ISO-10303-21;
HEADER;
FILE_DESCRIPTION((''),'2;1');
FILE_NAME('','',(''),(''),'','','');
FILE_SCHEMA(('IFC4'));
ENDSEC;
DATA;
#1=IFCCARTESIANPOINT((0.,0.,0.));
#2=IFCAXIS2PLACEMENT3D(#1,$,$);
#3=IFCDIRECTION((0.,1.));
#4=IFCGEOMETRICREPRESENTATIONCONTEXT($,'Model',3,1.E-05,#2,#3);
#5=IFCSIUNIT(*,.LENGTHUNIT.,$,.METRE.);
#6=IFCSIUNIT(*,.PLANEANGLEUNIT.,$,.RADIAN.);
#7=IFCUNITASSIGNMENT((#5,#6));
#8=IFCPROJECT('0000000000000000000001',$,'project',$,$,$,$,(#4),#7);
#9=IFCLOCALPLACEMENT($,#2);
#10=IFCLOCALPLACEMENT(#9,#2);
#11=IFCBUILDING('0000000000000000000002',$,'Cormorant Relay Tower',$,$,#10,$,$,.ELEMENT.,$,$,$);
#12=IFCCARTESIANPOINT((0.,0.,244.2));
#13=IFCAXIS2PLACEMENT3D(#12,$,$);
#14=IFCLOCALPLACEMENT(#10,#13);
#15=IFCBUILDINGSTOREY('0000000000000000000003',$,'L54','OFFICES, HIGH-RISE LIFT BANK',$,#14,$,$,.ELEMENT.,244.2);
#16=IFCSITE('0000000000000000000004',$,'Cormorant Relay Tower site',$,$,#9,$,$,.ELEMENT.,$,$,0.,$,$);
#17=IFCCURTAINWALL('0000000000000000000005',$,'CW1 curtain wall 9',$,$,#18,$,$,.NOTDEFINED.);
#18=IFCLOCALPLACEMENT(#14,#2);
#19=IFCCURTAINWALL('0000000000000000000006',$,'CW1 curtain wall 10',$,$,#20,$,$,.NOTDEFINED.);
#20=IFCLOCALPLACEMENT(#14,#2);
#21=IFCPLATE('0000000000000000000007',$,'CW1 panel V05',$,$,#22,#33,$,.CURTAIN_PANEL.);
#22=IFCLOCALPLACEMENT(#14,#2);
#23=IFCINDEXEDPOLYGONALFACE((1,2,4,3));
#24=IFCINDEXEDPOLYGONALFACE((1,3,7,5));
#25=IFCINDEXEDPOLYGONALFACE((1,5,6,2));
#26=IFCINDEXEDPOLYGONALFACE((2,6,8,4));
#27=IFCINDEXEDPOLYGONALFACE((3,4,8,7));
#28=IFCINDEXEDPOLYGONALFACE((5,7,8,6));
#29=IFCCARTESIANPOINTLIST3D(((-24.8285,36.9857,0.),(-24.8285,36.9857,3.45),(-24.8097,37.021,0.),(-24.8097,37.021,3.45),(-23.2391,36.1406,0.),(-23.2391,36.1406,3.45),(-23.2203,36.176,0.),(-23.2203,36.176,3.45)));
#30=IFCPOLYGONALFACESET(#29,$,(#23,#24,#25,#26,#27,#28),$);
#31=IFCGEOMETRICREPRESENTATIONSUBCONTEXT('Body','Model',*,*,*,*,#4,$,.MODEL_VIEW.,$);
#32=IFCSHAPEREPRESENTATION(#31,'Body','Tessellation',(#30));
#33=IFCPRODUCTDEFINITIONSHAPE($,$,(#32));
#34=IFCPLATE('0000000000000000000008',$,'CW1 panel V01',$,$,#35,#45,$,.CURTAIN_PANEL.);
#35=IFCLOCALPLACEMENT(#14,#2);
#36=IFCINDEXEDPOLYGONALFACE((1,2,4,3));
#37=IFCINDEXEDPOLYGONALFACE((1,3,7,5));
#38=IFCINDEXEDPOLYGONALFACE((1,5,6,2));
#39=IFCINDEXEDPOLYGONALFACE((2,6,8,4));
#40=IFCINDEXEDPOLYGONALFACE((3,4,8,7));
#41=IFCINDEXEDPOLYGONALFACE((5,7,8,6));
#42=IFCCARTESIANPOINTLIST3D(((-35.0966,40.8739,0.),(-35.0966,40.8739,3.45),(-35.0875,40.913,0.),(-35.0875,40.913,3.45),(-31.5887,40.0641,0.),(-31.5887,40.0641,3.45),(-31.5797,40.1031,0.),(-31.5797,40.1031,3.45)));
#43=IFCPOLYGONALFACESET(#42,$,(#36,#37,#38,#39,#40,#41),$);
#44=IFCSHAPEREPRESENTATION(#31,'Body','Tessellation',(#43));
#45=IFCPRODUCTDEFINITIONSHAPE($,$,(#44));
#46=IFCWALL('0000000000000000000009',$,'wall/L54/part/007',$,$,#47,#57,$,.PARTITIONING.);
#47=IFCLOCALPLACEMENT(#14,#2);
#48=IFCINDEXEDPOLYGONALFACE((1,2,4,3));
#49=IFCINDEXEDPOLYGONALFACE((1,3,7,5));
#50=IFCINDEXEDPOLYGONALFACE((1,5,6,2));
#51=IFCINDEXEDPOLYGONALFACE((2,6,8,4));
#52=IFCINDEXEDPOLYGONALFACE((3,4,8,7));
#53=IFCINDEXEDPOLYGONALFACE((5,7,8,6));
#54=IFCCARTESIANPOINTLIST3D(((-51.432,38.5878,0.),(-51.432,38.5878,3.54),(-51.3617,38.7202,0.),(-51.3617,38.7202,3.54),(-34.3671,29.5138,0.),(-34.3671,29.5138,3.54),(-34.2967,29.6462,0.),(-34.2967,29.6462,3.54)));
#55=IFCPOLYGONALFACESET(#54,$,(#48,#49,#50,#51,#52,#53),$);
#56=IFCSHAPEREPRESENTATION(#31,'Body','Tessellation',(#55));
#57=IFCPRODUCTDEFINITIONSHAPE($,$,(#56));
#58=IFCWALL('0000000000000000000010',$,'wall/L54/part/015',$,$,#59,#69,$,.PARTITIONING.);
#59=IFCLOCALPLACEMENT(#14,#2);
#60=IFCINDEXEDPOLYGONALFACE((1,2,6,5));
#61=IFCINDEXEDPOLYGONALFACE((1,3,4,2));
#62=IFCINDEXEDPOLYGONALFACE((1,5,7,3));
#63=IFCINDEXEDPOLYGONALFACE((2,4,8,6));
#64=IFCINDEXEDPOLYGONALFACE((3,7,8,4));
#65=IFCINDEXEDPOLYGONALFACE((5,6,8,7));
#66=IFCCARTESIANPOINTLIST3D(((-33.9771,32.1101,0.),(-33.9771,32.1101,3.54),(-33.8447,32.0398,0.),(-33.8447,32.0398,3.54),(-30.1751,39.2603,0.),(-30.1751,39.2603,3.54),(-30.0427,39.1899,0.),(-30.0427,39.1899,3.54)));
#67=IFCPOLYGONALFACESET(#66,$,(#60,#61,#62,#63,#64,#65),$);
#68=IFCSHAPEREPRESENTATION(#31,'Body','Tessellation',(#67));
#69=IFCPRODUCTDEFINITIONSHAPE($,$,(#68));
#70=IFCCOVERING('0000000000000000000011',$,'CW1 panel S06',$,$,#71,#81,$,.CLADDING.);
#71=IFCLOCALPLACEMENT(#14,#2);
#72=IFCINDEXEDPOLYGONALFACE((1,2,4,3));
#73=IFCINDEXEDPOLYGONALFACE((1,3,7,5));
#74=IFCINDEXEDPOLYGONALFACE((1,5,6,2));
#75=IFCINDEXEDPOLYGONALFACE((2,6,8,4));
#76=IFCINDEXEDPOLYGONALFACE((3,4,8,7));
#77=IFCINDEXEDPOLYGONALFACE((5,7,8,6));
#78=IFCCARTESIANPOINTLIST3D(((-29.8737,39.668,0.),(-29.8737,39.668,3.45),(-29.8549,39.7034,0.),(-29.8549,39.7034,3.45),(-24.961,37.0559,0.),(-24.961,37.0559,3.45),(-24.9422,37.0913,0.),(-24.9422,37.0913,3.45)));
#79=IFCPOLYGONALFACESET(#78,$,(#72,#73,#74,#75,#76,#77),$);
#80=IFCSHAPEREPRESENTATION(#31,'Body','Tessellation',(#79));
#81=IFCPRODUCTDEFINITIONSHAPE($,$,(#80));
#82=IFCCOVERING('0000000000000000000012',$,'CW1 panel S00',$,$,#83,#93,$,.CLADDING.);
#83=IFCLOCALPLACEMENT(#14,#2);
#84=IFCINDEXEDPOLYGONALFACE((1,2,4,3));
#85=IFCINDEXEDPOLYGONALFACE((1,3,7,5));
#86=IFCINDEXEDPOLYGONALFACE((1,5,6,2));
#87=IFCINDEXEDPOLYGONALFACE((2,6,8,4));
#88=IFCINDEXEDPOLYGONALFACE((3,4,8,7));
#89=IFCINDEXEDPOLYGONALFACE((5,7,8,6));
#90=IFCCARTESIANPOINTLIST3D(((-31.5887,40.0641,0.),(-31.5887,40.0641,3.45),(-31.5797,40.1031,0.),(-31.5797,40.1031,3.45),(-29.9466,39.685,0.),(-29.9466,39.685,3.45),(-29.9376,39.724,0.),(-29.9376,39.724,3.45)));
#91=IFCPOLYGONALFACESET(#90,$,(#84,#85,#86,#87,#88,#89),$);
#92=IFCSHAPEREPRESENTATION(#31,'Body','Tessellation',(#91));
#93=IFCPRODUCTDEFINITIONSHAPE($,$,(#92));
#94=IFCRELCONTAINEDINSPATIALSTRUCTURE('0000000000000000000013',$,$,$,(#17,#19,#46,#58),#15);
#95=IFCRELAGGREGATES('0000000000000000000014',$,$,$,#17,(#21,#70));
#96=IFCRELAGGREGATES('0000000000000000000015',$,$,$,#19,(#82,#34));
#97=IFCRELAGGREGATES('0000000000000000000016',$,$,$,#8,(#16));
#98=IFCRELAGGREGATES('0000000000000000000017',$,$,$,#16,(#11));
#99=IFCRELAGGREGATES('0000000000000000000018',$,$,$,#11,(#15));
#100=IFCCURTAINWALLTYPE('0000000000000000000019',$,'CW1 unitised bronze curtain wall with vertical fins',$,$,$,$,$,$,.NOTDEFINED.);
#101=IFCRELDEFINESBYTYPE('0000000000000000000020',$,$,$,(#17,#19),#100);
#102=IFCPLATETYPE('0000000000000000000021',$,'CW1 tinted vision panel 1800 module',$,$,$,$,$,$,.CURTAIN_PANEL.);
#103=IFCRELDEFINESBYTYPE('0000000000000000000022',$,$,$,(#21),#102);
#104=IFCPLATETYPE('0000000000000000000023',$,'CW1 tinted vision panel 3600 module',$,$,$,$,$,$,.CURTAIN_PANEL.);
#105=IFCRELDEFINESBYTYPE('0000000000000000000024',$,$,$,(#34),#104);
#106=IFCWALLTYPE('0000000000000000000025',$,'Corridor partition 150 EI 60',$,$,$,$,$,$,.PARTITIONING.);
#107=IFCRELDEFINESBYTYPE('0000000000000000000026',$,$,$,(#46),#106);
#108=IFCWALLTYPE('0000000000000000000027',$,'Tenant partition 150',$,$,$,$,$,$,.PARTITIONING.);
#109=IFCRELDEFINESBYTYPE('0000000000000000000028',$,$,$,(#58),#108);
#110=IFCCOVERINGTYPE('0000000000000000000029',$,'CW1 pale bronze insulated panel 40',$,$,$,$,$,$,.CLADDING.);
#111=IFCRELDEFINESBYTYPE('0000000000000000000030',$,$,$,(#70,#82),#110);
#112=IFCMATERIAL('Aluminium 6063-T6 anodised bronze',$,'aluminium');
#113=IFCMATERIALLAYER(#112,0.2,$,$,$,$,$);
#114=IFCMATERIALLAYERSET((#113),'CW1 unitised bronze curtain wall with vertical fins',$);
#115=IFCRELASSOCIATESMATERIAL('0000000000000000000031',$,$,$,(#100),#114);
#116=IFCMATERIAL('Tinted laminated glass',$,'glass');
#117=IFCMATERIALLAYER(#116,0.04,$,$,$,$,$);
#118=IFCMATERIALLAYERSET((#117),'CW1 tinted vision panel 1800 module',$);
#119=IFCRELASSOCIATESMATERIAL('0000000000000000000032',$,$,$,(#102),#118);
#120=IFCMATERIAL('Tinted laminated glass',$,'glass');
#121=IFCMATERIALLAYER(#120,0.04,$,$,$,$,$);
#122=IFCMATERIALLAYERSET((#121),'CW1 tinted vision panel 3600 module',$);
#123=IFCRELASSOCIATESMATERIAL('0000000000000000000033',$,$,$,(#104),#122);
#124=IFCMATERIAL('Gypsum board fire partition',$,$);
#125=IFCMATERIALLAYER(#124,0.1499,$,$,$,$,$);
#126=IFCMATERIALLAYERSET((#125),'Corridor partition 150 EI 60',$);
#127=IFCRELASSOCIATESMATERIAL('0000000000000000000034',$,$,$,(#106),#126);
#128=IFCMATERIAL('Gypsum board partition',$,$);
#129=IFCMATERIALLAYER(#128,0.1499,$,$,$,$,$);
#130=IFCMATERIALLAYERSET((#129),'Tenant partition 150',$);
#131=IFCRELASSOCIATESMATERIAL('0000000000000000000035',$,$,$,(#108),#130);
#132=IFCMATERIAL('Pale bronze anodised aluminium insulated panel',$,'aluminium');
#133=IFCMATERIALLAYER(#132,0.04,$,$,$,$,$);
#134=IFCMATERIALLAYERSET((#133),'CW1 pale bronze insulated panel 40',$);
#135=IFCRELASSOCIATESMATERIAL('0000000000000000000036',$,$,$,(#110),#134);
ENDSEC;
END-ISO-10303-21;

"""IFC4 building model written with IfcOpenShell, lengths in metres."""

from ifc_helpers import new_model, si_unit, direction, frame, frame_2d, origin, origin_2d, place, context, subcontext, project, spatial, rectangle, extrude, material, layer, layer_set, type_object, element, aggregate, save


model = new_model("IFC4")

# Units and contexts
model_context = context("Model", 3, precision=1e-05, world=origin(), true_north=direction((0.0, 1.0)))
body_context = subcontext(model_context, "Body", "Model", "MODEL_VIEW")
ifc_project = project(units=[si_unit("LENGTHUNIT", "METRE"), si_unit("PLANEANGLEUNIT", "RADIAN")], contexts=[model_context])

# Site, building, storey
site_placement = place(None, origin())
site = spatial("IfcSite", under=ifc_project, at=site_placement, Name="Cormorant Relay Tower site", CompositionType="ELEMENT", RefElevation=0.0)
building_placement = place(site_placement, origin())
building = spatial("IfcBuilding", under=site, at=building_placement, Name="Cormorant Relay Tower", CompositionType="ELEMENT")
storey_placement = place(building_placement, frame((0.0, 0.0, 244.2)))
storey = spatial("IfcBuildingStorey", under=building, at=storey_placement, Name="L54", Description="OFFICES, HIGH-RISE LIFT BANK", CompositionType="ELEMENT", Elevation=244.2)

# Curtain wall
ifc_material_1 = material(Name="Aluminium 6063-T6 anodised bronze", Category="aluminium")
ifc_layer_1 = layer(ifc_material_1, 0.2)
ifc_layer_set_1 = layer_set([ifc_layer_1], Name="CW1 unitised bronze curtain wall with vertical fins")
curtain_wall_type = type_object("IfcCurtainWallType", Name="CW1 unitised bronze curtain wall with vertical fins", PredefinedType="NOTDEFINED", material=ifc_layer_set_1)
curtain_wall_1_placement = place(storey_placement, origin())
curtain_wall_1 = element("IfcCurtainWall", 1, at=curtain_wall_1_placement, inside=storey, type_object=curtain_wall_type, Name="CW1 curtain wall 9", PredefinedType="NOTDEFINED")

# Curtain wall
curtain_wall_2_placement = place(storey_placement, origin())
curtain_wall_2 = element("IfcCurtainWall", 2, at=curtain_wall_2_placement, inside=storey, type_object=curtain_wall_type, Name="CW1 curtain wall 10", PredefinedType="NOTDEFINED")

# Plates
ifc_material_2 = material(Name="Tinted laminated glass", Category="glass")
ifc_layer_2 = layer(ifc_material_2, 0.04)
ifc_layer_set_2 = layer_set([ifc_layer_2], Name="CW1 tinted vision panel 1800 module")
plate_type_1 = type_object("IfcPlateType", Name="CW1 tinted vision panel 1800 module", PredefinedType="CURTAIN_PANEL", material=ifc_layer_set_2)
plate_1_placement = place(storey_placement, frame((-24.0244, 36.5808, 0.0), z_axis=(0.0, 0.0, 1.0), x_axis=(-0.882948, 0.469472, 0.0)))
plate_1 = element("IfcPlate", 3, at=plate_1_placement, type_object=plate_type_1, Name="CW1 panel V05", PredefinedType="CURTAIN_PANEL", context=body_context, shape_type="SweptSolid", body=[
    extrude(rectangle(XDim=1.8, YDim=0.04, at=origin_2d()), origin(), (0.0, 0.0, 1.0), 3.45),
])
ifc_material_3 = material(Name="Tinted laminated glass", Category="glass")
ifc_layer_3 = layer(ifc_material_3, 0.04)
ifc_layer_set_3 = layer_set([ifc_layer_3], Name="CW1 tinted vision panel 3600 module")
plate_type_2 = type_object("IfcPlateType", Name="CW1 tinted vision panel 3600 module", PredefinedType="CURTAIN_PANEL", material=ifc_layer_set_3)
plate_2_placement = place(storey_placement, frame((-33.3381, 40.4885, 0.0), z_axis=(0.0, 0.0, 1.0), x_axis=(-0.97437, 0.224951, 0.0)))
plate_2 = element("IfcPlate", 4, at=plate_2_placement, type_object=plate_type_2, Name="CW1 panel V01", PredefinedType="CURTAIN_PANEL", context=body_context, shape_type="SweptSolid", body=[
    extrude(rectangle(XDim=3.6001, YDim=0.04, at=origin_2d()), origin(), (0.0, 0.0, 1.0), 3.45),
])

# Walls
ifc_material_4 = material(Name="Gypsum board fire partition")
ifc_layer_4 = layer(ifc_material_4, 0.1499)
ifc_layer_set_4 = layer_set([ifc_layer_4], Name="Corridor partition 150 EI 60")
wall_type_1 = type_object("IfcWallType", Name="Corridor partition 150 EI 60", PredefinedType="PARTITIONING", material=ifc_layer_set_4)
wall_1_placement = place(storey_placement, frame((-34.332, 29.5801, 0.0), z_axis=(0.0, 0.0, 1.0), x_axis=(-0.882939, 0.469487, 0.0)))
element("IfcWall", 5, at=wall_1_placement, inside=storey, type_object=wall_type_1, Name="wall/L54/part/007", PredefinedType="PARTITIONING", context=body_context, shape_type="SweptSolid", body=[
    extrude(rectangle(XDim=19.3274, YDim=0.1499, at=frame_2d((9.6636, 0.0))), origin(), (0.0, 0.0, 1.0), 3.54),
])
ifc_material_5 = material(Name="Gypsum board partition")
ifc_layer_5 = layer(ifc_material_5, 0.1499)
ifc_layer_set_5 = layer_set([ifc_layer_5], Name="Tenant partition 150")
wall_type_2 = type_object("IfcWallType", Name="Tenant partition 150", PredefinedType="PARTITIONING", material=ifc_layer_set_5)
wall_2_placement = place(storey_placement, frame((-30.1089, 39.2251, 0.0), z_axis=(0.0, 0.0, 1.0), x_axis=(-0.469491, -0.882937, 0.0)))
element("IfcWall", 6, at=wall_2_placement, inside=storey, type_object=wall_type_2, Name="wall/L54/part/015", PredefinedType="PARTITIONING", context=body_context, shape_type="SweptSolid", body=[
    extrude(rectangle(XDim=8.0981, YDim=0.1499, at=frame_2d((4.0491, 0.0))), origin(), (0.0, 0.0, 1.0), 3.54),
])

# Coverings
ifc_material_6 = material(Name="Pale bronze anodised aluminium insulated panel", Category="aluminium")
ifc_layer_6 = layer(ifc_material_6, 0.04)
ifc_layer_set_6 = layer_set([ifc_layer_6], Name="CW1 pale bronze insulated panel 40")
covering_type = type_object("IfcCoveringType", Name="CW1 pale bronze insulated panel 40", PredefinedType="CLADDING", material=ifc_layer_set_6)
covering_1_placement = place(storey_placement, frame((-27.408, 38.3796, 0.0), z_axis=(0.0, 0.0, 1.0), x_axis=(-0.882948, 0.469472, 0.0)))
covering_1 = element("IfcCovering", 7, at=covering_1_placement, type_object=covering_type, Name="CW1 panel S06", PredefinedType="CLADDING", context=body_context, shape_type="SweptSolid", body=[
    extrude(rectangle(XDim=5.564, YDim=0.04, at=origin_2d()), origin(), (0.0, 0.0, 1.0), 3.45),
])
aggregate(curtain_wall_1, [plate_1, covering_1])
covering_2_placement = place(storey_placement, frame((-30.7632, 39.894, 0.0), z_axis=(0.0, 0.0, 1.0), x_axis=(-0.97437, 0.224951, 0.0)))
covering_2 = element("IfcCovering", 8, at=covering_2_placement, type_object=covering_type, Name="CW1 panel S00", PredefinedType="CLADDING", context=body_context, shape_type="SweptSolid", body=[
    extrude(rectangle(XDim=1.6853, YDim=0.04, at=origin_2d()), origin(), (0.0, 0.0, 1.0), 3.45),
])
aggregate(curtain_wall_2, [covering_2, plate_2])

save(model, "model.ifc")
